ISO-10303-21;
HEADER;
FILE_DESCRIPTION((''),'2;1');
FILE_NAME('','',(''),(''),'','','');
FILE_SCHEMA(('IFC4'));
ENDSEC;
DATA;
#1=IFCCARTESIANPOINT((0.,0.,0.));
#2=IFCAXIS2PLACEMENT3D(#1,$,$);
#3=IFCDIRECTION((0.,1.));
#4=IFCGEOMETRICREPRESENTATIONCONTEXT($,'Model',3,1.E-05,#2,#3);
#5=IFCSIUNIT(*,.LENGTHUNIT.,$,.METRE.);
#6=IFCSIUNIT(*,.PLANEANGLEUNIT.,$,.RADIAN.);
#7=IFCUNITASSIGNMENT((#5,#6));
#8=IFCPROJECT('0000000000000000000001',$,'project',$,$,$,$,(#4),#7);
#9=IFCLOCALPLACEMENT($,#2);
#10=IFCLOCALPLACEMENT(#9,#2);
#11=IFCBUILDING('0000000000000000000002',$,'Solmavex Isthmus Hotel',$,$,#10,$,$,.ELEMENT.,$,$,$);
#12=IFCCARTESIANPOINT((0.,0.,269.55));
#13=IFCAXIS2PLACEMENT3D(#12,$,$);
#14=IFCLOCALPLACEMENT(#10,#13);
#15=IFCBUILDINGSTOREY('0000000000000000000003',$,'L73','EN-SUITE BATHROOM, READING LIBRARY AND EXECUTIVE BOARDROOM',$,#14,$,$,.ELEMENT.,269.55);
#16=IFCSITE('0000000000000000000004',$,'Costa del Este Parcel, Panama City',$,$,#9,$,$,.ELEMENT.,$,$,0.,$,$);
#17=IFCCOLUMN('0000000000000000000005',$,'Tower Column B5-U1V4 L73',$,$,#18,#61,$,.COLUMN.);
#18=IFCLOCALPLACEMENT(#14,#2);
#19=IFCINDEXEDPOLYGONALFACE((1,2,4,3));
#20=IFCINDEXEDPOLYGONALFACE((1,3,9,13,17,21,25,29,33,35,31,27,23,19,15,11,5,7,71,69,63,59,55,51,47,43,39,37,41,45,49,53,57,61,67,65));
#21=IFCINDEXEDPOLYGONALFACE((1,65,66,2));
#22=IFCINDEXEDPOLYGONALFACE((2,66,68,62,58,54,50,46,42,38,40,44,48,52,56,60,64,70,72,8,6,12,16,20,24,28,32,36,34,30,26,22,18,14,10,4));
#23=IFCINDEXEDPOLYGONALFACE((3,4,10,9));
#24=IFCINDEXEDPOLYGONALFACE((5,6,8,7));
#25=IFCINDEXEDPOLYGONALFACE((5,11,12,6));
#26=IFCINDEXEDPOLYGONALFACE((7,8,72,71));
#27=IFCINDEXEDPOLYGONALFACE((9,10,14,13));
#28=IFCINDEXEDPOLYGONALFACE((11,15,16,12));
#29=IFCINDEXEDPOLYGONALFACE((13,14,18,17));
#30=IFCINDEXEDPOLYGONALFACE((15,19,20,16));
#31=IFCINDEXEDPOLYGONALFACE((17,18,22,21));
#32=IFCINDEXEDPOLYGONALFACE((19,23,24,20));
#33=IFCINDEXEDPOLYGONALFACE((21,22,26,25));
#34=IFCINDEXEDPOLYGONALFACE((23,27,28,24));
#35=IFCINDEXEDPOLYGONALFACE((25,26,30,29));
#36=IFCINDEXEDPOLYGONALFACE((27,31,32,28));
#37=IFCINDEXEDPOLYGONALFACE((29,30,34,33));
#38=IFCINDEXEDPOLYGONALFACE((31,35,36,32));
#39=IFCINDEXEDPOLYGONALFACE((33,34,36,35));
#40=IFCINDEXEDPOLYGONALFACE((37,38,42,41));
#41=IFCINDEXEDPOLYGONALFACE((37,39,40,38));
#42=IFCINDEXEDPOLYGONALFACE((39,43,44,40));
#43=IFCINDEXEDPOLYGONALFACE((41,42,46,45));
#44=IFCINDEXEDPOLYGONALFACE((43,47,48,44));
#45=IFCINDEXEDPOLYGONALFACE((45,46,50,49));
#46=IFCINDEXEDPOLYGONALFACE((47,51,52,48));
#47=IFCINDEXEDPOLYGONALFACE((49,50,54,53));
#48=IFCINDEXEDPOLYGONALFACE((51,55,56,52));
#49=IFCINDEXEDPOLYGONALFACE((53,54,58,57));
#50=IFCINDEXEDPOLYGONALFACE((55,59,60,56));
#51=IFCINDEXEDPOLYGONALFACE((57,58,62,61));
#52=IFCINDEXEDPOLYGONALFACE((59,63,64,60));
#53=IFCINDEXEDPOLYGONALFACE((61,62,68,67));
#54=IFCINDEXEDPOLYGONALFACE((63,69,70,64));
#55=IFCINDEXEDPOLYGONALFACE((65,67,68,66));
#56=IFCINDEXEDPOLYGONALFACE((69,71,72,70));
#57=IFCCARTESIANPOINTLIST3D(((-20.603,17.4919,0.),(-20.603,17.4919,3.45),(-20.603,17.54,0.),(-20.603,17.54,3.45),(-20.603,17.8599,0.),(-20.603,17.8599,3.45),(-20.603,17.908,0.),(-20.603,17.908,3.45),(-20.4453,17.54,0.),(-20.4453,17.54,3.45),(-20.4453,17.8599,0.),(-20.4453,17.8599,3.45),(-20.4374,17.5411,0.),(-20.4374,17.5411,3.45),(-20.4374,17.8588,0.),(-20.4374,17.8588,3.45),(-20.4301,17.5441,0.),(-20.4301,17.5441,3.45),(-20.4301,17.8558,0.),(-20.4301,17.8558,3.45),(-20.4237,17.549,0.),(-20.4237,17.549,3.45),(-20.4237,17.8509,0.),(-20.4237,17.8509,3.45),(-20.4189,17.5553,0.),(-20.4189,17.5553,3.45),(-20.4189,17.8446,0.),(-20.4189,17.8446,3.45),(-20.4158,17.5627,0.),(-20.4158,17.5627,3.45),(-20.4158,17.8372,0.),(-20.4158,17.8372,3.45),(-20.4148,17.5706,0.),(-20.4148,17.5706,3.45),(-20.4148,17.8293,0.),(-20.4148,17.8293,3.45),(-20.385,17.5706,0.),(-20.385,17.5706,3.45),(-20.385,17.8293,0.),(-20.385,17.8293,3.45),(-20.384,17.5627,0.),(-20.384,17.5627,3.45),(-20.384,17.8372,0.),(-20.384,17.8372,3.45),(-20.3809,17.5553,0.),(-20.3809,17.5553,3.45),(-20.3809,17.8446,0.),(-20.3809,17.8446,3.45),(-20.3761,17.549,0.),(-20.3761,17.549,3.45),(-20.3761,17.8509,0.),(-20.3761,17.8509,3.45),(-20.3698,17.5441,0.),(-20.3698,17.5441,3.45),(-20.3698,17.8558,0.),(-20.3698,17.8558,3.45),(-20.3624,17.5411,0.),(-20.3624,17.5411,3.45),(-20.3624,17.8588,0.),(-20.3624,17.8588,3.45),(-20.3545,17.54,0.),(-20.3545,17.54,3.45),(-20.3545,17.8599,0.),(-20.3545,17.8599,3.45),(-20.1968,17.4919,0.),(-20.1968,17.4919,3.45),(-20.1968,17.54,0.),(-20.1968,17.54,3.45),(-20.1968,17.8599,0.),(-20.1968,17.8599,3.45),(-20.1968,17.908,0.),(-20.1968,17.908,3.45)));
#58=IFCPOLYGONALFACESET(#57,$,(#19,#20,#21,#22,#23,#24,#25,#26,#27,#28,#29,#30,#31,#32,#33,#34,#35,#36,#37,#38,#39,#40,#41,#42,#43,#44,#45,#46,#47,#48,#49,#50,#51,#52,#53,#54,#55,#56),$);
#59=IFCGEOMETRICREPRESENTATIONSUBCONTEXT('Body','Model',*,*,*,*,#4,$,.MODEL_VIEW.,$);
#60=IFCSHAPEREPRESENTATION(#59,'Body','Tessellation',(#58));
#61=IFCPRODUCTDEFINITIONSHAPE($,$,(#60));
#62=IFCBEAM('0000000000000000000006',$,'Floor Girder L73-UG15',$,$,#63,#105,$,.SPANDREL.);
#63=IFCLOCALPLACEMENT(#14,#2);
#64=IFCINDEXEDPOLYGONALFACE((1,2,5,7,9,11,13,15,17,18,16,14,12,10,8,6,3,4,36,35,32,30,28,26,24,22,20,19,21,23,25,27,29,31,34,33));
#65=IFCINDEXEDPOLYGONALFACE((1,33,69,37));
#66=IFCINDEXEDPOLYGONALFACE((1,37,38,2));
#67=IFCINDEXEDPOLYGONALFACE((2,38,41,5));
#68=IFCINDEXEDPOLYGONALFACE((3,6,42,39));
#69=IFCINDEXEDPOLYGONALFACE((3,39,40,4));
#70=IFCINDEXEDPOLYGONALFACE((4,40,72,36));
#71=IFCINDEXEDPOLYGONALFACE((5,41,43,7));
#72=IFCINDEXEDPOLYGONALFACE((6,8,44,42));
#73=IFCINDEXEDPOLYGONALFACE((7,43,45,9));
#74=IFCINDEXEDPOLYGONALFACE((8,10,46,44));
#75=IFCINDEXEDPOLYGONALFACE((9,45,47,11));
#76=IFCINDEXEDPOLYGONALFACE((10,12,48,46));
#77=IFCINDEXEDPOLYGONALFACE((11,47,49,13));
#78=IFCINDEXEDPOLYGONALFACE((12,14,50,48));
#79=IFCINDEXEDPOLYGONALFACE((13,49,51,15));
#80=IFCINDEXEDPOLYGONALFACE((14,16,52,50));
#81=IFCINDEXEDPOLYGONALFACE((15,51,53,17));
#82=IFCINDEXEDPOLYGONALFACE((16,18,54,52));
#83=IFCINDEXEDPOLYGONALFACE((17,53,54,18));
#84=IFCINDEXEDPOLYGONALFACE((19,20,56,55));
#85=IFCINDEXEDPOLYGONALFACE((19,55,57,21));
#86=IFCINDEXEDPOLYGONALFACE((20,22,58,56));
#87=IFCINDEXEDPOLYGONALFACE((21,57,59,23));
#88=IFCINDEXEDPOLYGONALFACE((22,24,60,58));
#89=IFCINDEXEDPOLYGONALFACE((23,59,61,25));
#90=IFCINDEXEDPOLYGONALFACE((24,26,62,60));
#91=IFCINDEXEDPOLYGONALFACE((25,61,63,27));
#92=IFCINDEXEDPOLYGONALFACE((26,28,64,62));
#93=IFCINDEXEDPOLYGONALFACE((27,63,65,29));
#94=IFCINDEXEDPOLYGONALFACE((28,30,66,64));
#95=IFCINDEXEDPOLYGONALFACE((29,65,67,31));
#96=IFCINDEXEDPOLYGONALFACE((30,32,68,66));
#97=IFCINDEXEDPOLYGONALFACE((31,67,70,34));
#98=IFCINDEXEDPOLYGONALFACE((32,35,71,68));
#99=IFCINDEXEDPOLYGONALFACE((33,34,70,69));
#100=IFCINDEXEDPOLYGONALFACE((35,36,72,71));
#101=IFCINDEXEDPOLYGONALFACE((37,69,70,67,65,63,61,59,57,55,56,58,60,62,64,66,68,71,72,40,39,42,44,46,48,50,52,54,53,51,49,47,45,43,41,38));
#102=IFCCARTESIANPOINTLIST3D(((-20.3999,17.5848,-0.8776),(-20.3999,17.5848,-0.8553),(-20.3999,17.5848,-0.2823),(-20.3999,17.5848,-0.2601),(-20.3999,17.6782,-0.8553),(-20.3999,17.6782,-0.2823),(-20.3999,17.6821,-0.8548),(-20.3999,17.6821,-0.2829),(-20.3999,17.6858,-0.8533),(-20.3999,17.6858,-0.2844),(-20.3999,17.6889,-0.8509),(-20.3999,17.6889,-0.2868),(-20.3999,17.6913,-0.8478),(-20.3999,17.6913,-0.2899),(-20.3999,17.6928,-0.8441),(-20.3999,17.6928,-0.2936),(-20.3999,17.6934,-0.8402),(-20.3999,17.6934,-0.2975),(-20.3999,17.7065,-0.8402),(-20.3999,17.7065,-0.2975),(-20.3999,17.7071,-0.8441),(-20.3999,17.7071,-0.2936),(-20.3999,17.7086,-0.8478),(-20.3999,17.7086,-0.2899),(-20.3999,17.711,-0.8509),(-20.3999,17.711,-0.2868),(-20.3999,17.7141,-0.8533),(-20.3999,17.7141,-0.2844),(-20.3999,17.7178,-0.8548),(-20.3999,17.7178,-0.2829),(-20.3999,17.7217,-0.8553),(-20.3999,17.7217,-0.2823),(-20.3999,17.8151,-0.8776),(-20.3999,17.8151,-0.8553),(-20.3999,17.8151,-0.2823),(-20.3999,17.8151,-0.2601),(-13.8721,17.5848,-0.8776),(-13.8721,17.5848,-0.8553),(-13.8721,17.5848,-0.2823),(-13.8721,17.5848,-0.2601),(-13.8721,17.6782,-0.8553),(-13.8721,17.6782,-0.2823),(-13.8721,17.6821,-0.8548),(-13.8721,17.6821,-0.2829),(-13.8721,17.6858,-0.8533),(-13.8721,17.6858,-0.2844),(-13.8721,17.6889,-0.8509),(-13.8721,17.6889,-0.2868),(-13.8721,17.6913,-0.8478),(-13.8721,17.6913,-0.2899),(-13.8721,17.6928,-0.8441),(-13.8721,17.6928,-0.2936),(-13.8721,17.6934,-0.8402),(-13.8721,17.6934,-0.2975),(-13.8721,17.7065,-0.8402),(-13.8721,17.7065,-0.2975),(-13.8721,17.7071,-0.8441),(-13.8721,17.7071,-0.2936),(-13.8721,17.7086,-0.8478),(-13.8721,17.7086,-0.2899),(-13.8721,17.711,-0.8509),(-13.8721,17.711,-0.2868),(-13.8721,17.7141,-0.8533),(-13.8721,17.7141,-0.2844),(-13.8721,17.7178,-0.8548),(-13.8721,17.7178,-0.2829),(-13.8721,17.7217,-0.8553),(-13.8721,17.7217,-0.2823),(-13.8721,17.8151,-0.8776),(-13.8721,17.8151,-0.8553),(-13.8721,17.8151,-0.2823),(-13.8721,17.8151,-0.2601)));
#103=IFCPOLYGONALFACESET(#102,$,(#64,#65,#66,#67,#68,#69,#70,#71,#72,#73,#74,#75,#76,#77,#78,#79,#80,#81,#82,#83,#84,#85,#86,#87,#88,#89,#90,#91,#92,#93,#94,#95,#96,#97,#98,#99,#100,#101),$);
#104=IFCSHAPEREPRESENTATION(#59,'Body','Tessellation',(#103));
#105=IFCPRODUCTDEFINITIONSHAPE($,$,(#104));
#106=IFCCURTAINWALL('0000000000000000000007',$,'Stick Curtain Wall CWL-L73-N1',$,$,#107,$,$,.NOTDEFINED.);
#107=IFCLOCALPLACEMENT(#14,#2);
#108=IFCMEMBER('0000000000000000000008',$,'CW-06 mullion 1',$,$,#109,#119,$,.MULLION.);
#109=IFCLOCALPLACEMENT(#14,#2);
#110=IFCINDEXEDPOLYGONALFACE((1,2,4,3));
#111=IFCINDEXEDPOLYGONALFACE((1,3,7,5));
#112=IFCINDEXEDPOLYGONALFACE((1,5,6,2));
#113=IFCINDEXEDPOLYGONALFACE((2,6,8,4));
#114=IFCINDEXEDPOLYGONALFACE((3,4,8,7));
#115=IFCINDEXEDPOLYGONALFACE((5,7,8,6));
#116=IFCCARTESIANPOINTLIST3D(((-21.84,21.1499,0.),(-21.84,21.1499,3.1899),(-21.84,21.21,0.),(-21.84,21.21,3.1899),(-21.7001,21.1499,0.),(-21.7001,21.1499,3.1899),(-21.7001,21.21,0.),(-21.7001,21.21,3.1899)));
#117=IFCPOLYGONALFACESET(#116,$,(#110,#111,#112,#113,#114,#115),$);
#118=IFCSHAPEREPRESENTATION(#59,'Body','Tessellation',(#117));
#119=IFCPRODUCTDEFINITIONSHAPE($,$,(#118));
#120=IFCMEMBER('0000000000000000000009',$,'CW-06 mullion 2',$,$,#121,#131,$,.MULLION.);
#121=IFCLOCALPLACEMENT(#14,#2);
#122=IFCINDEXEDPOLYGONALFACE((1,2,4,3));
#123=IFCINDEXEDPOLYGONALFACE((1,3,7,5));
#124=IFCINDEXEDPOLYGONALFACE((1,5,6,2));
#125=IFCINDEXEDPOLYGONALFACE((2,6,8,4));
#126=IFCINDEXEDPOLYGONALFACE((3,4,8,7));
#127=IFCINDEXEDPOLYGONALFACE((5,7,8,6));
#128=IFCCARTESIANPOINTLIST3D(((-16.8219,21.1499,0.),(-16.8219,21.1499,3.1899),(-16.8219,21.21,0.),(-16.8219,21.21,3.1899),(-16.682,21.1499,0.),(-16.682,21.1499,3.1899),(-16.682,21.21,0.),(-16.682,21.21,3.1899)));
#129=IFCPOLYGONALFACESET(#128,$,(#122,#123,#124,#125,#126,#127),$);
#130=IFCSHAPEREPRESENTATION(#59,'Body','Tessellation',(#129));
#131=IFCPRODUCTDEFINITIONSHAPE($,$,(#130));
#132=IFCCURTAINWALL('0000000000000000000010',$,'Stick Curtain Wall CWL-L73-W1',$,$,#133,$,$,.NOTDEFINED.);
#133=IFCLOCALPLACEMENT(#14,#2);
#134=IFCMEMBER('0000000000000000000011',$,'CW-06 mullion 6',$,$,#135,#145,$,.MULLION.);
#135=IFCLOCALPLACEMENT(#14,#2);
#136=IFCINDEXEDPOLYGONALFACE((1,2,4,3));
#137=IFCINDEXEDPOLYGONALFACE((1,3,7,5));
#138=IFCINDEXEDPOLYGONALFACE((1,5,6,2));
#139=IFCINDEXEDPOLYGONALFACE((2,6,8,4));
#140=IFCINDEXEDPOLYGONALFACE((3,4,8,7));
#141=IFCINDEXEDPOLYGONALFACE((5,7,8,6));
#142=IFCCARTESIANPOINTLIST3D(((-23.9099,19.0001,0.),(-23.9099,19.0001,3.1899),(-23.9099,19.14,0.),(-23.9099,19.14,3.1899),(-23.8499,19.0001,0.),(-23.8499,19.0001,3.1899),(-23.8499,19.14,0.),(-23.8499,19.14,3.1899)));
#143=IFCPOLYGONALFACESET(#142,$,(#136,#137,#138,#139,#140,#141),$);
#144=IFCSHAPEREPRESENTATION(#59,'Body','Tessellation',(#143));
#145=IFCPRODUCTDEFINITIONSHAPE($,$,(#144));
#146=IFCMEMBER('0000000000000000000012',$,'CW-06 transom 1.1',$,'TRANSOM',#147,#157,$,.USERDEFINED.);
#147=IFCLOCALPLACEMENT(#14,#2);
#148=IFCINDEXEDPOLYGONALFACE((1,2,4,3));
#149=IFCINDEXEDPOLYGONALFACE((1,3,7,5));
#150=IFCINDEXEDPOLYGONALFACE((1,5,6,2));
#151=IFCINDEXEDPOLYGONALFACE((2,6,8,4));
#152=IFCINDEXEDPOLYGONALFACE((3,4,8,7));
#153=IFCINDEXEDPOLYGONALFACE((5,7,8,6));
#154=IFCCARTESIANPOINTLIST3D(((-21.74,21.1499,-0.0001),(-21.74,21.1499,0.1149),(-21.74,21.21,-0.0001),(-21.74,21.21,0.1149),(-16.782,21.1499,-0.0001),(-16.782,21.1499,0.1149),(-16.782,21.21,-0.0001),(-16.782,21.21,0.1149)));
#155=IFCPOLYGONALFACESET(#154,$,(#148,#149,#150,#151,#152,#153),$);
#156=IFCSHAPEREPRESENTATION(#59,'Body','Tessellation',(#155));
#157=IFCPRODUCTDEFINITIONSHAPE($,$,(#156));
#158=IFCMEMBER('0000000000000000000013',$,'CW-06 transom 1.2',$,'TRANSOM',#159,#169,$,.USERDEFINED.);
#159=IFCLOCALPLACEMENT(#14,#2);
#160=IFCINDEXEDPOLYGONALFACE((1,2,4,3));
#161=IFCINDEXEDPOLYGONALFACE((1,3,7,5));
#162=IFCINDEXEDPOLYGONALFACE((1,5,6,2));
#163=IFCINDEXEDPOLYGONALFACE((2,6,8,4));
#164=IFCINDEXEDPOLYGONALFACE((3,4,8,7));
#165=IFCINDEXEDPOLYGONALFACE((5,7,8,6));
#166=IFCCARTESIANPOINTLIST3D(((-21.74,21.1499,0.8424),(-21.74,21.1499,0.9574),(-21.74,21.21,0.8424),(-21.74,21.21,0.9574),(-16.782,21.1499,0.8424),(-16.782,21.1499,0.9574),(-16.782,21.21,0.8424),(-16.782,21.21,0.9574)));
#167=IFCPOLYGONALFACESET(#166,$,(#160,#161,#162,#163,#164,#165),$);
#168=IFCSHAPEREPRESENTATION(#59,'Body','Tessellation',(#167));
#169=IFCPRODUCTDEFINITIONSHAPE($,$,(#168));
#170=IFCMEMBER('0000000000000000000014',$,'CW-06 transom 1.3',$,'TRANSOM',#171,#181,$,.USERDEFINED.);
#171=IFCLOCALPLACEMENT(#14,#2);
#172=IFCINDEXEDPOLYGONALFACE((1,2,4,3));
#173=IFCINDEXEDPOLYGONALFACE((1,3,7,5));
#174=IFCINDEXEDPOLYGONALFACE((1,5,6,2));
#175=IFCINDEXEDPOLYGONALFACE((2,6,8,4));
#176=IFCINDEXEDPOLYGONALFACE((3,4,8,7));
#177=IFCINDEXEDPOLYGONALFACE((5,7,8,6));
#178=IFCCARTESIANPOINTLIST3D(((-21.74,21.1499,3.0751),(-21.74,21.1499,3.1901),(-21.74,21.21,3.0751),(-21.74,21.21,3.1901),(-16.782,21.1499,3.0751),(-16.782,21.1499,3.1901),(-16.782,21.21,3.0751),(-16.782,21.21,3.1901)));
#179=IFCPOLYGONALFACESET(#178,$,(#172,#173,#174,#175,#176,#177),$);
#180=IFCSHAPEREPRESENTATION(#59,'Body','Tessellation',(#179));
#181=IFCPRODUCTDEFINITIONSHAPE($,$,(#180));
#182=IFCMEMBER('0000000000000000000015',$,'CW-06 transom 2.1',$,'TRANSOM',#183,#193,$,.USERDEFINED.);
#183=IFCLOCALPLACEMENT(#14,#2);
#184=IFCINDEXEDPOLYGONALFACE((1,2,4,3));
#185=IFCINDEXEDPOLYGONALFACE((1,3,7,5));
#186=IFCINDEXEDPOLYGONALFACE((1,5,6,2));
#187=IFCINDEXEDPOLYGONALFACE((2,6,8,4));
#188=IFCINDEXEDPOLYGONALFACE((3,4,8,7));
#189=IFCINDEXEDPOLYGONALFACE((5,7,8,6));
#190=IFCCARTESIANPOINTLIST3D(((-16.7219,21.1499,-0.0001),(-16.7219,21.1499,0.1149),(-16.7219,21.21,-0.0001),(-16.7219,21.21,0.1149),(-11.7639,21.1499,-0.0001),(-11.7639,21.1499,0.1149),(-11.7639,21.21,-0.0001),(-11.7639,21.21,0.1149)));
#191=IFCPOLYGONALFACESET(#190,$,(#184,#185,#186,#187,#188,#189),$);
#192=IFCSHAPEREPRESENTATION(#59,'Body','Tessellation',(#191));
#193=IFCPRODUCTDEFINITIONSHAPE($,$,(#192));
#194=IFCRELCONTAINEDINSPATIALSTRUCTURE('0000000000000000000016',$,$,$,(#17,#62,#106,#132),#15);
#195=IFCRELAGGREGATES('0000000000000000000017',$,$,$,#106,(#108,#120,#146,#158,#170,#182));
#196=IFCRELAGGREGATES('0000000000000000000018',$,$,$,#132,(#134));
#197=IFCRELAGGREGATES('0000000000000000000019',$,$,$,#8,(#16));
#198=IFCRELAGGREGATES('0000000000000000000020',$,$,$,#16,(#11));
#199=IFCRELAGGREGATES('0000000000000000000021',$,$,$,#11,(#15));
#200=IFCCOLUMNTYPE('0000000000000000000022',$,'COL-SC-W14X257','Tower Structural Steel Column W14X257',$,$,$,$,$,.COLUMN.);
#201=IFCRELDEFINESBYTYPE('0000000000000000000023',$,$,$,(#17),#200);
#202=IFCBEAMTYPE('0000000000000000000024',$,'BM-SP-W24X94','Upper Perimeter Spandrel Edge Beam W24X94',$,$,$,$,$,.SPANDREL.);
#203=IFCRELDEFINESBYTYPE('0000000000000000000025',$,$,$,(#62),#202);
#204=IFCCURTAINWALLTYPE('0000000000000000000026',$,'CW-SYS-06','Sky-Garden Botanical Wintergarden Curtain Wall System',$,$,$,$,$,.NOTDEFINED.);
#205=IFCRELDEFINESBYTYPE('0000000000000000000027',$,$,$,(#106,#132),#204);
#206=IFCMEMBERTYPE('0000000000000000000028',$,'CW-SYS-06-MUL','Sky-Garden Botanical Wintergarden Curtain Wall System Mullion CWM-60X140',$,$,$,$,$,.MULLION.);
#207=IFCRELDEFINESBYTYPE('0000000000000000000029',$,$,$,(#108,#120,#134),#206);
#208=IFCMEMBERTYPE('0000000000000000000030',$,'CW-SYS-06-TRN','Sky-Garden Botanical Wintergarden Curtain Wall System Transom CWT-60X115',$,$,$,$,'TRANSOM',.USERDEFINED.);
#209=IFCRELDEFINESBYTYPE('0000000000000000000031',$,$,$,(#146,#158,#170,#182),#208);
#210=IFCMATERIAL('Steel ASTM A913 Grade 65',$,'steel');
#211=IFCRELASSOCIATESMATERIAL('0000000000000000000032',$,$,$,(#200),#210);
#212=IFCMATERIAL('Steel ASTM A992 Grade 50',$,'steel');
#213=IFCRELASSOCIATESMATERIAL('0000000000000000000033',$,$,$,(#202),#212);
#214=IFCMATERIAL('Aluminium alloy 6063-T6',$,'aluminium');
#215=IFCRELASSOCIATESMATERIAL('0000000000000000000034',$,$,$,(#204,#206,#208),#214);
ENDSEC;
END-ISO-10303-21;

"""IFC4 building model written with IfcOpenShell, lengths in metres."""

from ifc_helpers import new_model, si_unit, direction, frame, origin, origin_2d, place, context, subcontext, project, spatial, rectangle, i_section, extrude, material, material_profile, profile_set, type_object, element, aggregate, save


model = new_model("IFC4")

# Units and contexts
model_context = context("Model", 3, precision=1e-05, world=origin(), true_north=direction((0.0, 1.0)))
body_context = subcontext(model_context, "Body", "Model", "MODEL_VIEW")
ifc_project = project(units=[si_unit("LENGTHUNIT", "METRE"), si_unit("PLANEANGLEUNIT", "RADIAN")], contexts=[model_context])

# Site, building, storey
site_placement = place(None, origin())
site = spatial("IfcSite", under=ifc_project, at=site_placement, Name="Costa del Este Parcel, Panama City", CompositionType="ELEMENT", RefElevation=0.0)
building_placement = place(site_placement, origin())
building = spatial("IfcBuilding", under=site, at=building_placement, Name="Solmavex Isthmus Hotel", CompositionType="ELEMENT")
storey_placement = place(building_placement, frame((0.0, 0.0, 269.55)))
storey = spatial("IfcBuildingStorey", under=building, at=storey_placement, Name="L73", Description="EN-SUITE BATHROOM, READING LIBRARY AND EXECUTIVE BOARDROOM", CompositionType="ELEMENT", Elevation=269.55)

# Column
ifc_material_1 = material(Name="Steel ASTM A913 Grade 65", Category="steel")
ifc_material_profile_1 = material_profile(ifc_material_1, i_section(OverallWidth=0.4062, OverallDepth=0.416, WebThickness=0.0298, FlangeThickness=0.0481, FilletRadius=0.0305, at=origin_2d()), Name="W14X257")
ifc_profile_set_1 = profile_set([ifc_material_profile_1], Name="Steel ASTM A913 Grade 65")
column_type = type_object("IfcColumnType", Name="COL-SC-W14X257", Description="Tower Structural Steel Column W14X257", PredefinedType="COLUMN", material=ifc_profile_set_1)
column_placement = place(storey_placement, frame((-20.3999, 17.7, 0.0), z_axis=(0.0, 0.0, 1.0), x_axis=(1.0, 0.0, 0.0)))
element("IfcColumn", 1, at=column_placement, inside=storey, type_object=column_type, Name="Tower Column B5-U1V4 L73", PredefinedType="COLUMN", context=body_context, shape_type="SweptSolid", body=[
    extrude(i_section(OverallWidth=0.4062, OverallDepth=0.416, WebThickness=0.0298, FlangeThickness=0.0481, FilletRadius=0.0305, at=origin_2d()), origin(), (0.0, 0.0, 1.0), 3.45),
])

# Beam
ifc_material_2 = material(Name="Steel ASTM A992 Grade 50", Category="steel")
ifc_material_profile_2 = material_profile(ifc_material_2, i_section(OverallWidth=0.2302, OverallDepth=0.6174, WebThickness=0.0132, FlangeThickness=0.0222, FilletRadius=0.0151, at=origin_2d()), Name="W24X94")
ifc_profile_set_2 = profile_set([ifc_material_profile_2], Name="Steel ASTM A992 Grade 50")
beam_type = type_object("IfcBeamType", Name="BM-SP-W24X94", Description="Upper Perimeter Spandrel Edge Beam W24X94", PredefinedType="SPANDREL", material=ifc_profile_set_2)
beam_placement = place(storey_placement, frame((-20.3999, 17.7, -0.5688), z_axis=(1.0, 0.0, 0.0), x_axis=(0.0, 1.0, 0.0)))
element("IfcBeam", 2, at=beam_placement, inside=storey, type_object=beam_type, Name="Floor Girder L73-UG15", PredefinedType="SPANDREL", context=body_context, shape_type="SweptSolid", body=[
    extrude(i_section(OverallWidth=0.2302, OverallDepth=0.6174, WebThickness=0.0132, FlangeThickness=0.0222, FilletRadius=0.0151, at=origin_2d()), origin(), (0.0, 0.0, 1.0), 6.5278),
])

# Curtain wall, members
ifc_material_3 = material(Name="Aluminium alloy 6063-T6", Category="aluminium")
curtain_wall_type = type_object("IfcCurtainWallType", Name="CW-SYS-06", Description="Sky-Garden Botanical Wintergarden Curtain Wall System", PredefinedType="NOTDEFINED", material=ifc_material_3)
curtain_wall_1_placement = place(storey_placement, origin())
curtain_wall_1 = element("IfcCurtainWall", 3, at=curtain_wall_1_placement, inside=storey, type_object=curtain_wall_type, Name="Stick Curtain Wall CWL-L73-N1", PredefinedType="NOTDEFINED")
ifc_material_profile_3 = material_profile(ifc_material_3, rectangle(XDim=0.0601, YDim=0.1399, at=origin_2d()), Name="CWM-60X140")
ifc_profile_set_3 = profile_set([ifc_material_profile_3], Name="Aluminium alloy 6063-T6")
member_type_1 = type_object("IfcMemberType", Name="CW-SYS-06-MUL", Description="Sky-Garden Botanical Wintergarden Curtain Wall System Mullion CWM-60X140", PredefinedType="MULLION", material=ifc_profile_set_3)
member_1_placement = place(storey_placement, frame((-21.77, 21.1799, 0.0), z_axis=(0.0, 0.0, 1.0), x_axis=(0.0, 1.0, 0.0)))
member_1 = element("IfcMember", 4, at=member_1_placement, type_object=member_type_1, Name="CW-06 mullion 1", PredefinedType="MULLION", context=body_context, shape_type="SweptSolid", body=[
    extrude(rectangle(XDim=0.0601, YDim=0.1399, at=origin_2d()), origin(), (0.0, 0.0, 1.0), 3.1899),
])
member_2_placement = place(storey_placement, frame((-16.752, 21.1799, 0.0), z_axis=(0.0, 0.0, 1.0), x_axis=(0.0, 1.0, 0.0)))
member_2 = element("IfcMember", 5, at=member_2_placement, type_object=member_type_1, Name="CW-06 mullion 2", PredefinedType="MULLION", context=body_context, shape_type="SweptSolid", body=[
    extrude(rectangle(XDim=0.0601, YDim=0.1399, at=origin_2d()), origin(), (0.0, 0.0, 1.0), 3.1899),
])

# Curtain wall, member
curtain_wall_2_placement = place(storey_placement, origin())
curtain_wall_2 = element("IfcCurtainWall", 6, at=curtain_wall_2_placement, inside=storey, type_object=curtain_wall_type, Name="Stick Curtain Wall CWL-L73-W1", PredefinedType="NOTDEFINED")
member_3_placement = place(storey_placement, frame((-23.8799, 19.0701, 0.0), z_axis=(0.0, 0.0, 1.0), x_axis=(-1.0, 0.0, 0.0)))
member_3 = element("IfcMember", 7, at=member_3_placement, type_object=member_type_1, Name="CW-06 mullion 6", PredefinedType="MULLION", context=body_context, shape_type="SweptSolid", body=[
    extrude(rectangle(XDim=0.0601, YDim=0.1399, at=origin_2d()), origin(), (0.0, 0.0, 1.0), 3.1899),
])

# Members
ifc_material_profile_4 = material_profile(ifc_material_3, rectangle(XDim=0.0601, YDim=0.115, at=origin_2d()), Name="CWT-60X115")
ifc_profile_set_4 = profile_set([ifc_material_profile_4], Name="Aluminium alloy 6063-T6")
member_type_2 = type_object("IfcMemberType", Name="CW-SYS-06-TRN", Description="Sky-Garden Botanical Wintergarden Curtain Wall System Transom CWT-60X115", ElementType="TRANSOM", PredefinedType="USERDEFINED", material=ifc_profile_set_4)
member_4_placement = place(storey_placement, frame((-21.74, 21.1799, 0.0574), z_axis=(1.0, 0.0, 0.0), x_axis=(0.0, 1.0, 0.0)))
member_4 = element("IfcMember", 8, at=member_4_placement, type_object=member_type_2, Name="CW-06 transom 1.1", ObjectType="TRANSOM", PredefinedType="USERDEFINED", context=body_context, shape_type="SweptSolid", body=[
    extrude(rectangle(XDim=0.0601, YDim=0.115, at=origin_2d()), origin(), (0.0, 0.0, 1.0), 4.958),
])
member_5_placement = place(storey_placement, frame((-21.74, 21.1799, 0.8999), z_axis=(1.0, 0.0, 0.0), x_axis=(0.0, 1.0, 0.0)))
member_5 = element("IfcMember", 9, at=member_5_placement, type_object=member_type_2, Name="CW-06 transom 1.2", ObjectType="TRANSOM", PredefinedType="USERDEFINED", context=body_context, shape_type="SweptSolid", body=[
    extrude(rectangle(XDim=0.0601, YDim=0.115, at=origin_2d()), origin(), (0.0, 0.0, 1.0), 4.958),
])
member_6_placement = place(storey_placement, frame((-21.74, 21.1799, 3.1326), z_axis=(1.0, 0.0, 0.0), x_axis=(0.0, 1.0, 0.0)))
member_6 = element("IfcMember", 10, at=member_6_placement, type_object=member_type_2, Name="CW-06 transom 1.3", ObjectType="TRANSOM", PredefinedType="USERDEFINED", context=body_context, shape_type="SweptSolid", body=[
    extrude(rectangle(XDim=0.0601, YDim=0.115, at=origin_2d()), origin(), (0.0, 0.0, 1.0), 4.958),
])
member_7_placement = place(storey_placement, frame((-16.7219, 21.1799, 0.0574), z_axis=(1.0, 0.0, 0.0), x_axis=(0.0, 1.0, 0.0)))
member_7 = element("IfcMember", 11, at=member_7_placement, type_object=member_type_2, Name="CW-06 transom 2.1", ObjectType="TRANSOM", PredefinedType="USERDEFINED", context=body_context, shape_type="SweptSolid", body=[
    extrude(rectangle(XDim=0.0601, YDim=0.115, at=origin_2d()), origin(), (0.0, 0.0, 1.0), 4.958),
])

aggregate(curtain_wall_1, [member_1, member_2, member_4, member_5, member_6, member_7])
aggregate(curtain_wall_2, [member_3])

save(model, "model.ifc")
